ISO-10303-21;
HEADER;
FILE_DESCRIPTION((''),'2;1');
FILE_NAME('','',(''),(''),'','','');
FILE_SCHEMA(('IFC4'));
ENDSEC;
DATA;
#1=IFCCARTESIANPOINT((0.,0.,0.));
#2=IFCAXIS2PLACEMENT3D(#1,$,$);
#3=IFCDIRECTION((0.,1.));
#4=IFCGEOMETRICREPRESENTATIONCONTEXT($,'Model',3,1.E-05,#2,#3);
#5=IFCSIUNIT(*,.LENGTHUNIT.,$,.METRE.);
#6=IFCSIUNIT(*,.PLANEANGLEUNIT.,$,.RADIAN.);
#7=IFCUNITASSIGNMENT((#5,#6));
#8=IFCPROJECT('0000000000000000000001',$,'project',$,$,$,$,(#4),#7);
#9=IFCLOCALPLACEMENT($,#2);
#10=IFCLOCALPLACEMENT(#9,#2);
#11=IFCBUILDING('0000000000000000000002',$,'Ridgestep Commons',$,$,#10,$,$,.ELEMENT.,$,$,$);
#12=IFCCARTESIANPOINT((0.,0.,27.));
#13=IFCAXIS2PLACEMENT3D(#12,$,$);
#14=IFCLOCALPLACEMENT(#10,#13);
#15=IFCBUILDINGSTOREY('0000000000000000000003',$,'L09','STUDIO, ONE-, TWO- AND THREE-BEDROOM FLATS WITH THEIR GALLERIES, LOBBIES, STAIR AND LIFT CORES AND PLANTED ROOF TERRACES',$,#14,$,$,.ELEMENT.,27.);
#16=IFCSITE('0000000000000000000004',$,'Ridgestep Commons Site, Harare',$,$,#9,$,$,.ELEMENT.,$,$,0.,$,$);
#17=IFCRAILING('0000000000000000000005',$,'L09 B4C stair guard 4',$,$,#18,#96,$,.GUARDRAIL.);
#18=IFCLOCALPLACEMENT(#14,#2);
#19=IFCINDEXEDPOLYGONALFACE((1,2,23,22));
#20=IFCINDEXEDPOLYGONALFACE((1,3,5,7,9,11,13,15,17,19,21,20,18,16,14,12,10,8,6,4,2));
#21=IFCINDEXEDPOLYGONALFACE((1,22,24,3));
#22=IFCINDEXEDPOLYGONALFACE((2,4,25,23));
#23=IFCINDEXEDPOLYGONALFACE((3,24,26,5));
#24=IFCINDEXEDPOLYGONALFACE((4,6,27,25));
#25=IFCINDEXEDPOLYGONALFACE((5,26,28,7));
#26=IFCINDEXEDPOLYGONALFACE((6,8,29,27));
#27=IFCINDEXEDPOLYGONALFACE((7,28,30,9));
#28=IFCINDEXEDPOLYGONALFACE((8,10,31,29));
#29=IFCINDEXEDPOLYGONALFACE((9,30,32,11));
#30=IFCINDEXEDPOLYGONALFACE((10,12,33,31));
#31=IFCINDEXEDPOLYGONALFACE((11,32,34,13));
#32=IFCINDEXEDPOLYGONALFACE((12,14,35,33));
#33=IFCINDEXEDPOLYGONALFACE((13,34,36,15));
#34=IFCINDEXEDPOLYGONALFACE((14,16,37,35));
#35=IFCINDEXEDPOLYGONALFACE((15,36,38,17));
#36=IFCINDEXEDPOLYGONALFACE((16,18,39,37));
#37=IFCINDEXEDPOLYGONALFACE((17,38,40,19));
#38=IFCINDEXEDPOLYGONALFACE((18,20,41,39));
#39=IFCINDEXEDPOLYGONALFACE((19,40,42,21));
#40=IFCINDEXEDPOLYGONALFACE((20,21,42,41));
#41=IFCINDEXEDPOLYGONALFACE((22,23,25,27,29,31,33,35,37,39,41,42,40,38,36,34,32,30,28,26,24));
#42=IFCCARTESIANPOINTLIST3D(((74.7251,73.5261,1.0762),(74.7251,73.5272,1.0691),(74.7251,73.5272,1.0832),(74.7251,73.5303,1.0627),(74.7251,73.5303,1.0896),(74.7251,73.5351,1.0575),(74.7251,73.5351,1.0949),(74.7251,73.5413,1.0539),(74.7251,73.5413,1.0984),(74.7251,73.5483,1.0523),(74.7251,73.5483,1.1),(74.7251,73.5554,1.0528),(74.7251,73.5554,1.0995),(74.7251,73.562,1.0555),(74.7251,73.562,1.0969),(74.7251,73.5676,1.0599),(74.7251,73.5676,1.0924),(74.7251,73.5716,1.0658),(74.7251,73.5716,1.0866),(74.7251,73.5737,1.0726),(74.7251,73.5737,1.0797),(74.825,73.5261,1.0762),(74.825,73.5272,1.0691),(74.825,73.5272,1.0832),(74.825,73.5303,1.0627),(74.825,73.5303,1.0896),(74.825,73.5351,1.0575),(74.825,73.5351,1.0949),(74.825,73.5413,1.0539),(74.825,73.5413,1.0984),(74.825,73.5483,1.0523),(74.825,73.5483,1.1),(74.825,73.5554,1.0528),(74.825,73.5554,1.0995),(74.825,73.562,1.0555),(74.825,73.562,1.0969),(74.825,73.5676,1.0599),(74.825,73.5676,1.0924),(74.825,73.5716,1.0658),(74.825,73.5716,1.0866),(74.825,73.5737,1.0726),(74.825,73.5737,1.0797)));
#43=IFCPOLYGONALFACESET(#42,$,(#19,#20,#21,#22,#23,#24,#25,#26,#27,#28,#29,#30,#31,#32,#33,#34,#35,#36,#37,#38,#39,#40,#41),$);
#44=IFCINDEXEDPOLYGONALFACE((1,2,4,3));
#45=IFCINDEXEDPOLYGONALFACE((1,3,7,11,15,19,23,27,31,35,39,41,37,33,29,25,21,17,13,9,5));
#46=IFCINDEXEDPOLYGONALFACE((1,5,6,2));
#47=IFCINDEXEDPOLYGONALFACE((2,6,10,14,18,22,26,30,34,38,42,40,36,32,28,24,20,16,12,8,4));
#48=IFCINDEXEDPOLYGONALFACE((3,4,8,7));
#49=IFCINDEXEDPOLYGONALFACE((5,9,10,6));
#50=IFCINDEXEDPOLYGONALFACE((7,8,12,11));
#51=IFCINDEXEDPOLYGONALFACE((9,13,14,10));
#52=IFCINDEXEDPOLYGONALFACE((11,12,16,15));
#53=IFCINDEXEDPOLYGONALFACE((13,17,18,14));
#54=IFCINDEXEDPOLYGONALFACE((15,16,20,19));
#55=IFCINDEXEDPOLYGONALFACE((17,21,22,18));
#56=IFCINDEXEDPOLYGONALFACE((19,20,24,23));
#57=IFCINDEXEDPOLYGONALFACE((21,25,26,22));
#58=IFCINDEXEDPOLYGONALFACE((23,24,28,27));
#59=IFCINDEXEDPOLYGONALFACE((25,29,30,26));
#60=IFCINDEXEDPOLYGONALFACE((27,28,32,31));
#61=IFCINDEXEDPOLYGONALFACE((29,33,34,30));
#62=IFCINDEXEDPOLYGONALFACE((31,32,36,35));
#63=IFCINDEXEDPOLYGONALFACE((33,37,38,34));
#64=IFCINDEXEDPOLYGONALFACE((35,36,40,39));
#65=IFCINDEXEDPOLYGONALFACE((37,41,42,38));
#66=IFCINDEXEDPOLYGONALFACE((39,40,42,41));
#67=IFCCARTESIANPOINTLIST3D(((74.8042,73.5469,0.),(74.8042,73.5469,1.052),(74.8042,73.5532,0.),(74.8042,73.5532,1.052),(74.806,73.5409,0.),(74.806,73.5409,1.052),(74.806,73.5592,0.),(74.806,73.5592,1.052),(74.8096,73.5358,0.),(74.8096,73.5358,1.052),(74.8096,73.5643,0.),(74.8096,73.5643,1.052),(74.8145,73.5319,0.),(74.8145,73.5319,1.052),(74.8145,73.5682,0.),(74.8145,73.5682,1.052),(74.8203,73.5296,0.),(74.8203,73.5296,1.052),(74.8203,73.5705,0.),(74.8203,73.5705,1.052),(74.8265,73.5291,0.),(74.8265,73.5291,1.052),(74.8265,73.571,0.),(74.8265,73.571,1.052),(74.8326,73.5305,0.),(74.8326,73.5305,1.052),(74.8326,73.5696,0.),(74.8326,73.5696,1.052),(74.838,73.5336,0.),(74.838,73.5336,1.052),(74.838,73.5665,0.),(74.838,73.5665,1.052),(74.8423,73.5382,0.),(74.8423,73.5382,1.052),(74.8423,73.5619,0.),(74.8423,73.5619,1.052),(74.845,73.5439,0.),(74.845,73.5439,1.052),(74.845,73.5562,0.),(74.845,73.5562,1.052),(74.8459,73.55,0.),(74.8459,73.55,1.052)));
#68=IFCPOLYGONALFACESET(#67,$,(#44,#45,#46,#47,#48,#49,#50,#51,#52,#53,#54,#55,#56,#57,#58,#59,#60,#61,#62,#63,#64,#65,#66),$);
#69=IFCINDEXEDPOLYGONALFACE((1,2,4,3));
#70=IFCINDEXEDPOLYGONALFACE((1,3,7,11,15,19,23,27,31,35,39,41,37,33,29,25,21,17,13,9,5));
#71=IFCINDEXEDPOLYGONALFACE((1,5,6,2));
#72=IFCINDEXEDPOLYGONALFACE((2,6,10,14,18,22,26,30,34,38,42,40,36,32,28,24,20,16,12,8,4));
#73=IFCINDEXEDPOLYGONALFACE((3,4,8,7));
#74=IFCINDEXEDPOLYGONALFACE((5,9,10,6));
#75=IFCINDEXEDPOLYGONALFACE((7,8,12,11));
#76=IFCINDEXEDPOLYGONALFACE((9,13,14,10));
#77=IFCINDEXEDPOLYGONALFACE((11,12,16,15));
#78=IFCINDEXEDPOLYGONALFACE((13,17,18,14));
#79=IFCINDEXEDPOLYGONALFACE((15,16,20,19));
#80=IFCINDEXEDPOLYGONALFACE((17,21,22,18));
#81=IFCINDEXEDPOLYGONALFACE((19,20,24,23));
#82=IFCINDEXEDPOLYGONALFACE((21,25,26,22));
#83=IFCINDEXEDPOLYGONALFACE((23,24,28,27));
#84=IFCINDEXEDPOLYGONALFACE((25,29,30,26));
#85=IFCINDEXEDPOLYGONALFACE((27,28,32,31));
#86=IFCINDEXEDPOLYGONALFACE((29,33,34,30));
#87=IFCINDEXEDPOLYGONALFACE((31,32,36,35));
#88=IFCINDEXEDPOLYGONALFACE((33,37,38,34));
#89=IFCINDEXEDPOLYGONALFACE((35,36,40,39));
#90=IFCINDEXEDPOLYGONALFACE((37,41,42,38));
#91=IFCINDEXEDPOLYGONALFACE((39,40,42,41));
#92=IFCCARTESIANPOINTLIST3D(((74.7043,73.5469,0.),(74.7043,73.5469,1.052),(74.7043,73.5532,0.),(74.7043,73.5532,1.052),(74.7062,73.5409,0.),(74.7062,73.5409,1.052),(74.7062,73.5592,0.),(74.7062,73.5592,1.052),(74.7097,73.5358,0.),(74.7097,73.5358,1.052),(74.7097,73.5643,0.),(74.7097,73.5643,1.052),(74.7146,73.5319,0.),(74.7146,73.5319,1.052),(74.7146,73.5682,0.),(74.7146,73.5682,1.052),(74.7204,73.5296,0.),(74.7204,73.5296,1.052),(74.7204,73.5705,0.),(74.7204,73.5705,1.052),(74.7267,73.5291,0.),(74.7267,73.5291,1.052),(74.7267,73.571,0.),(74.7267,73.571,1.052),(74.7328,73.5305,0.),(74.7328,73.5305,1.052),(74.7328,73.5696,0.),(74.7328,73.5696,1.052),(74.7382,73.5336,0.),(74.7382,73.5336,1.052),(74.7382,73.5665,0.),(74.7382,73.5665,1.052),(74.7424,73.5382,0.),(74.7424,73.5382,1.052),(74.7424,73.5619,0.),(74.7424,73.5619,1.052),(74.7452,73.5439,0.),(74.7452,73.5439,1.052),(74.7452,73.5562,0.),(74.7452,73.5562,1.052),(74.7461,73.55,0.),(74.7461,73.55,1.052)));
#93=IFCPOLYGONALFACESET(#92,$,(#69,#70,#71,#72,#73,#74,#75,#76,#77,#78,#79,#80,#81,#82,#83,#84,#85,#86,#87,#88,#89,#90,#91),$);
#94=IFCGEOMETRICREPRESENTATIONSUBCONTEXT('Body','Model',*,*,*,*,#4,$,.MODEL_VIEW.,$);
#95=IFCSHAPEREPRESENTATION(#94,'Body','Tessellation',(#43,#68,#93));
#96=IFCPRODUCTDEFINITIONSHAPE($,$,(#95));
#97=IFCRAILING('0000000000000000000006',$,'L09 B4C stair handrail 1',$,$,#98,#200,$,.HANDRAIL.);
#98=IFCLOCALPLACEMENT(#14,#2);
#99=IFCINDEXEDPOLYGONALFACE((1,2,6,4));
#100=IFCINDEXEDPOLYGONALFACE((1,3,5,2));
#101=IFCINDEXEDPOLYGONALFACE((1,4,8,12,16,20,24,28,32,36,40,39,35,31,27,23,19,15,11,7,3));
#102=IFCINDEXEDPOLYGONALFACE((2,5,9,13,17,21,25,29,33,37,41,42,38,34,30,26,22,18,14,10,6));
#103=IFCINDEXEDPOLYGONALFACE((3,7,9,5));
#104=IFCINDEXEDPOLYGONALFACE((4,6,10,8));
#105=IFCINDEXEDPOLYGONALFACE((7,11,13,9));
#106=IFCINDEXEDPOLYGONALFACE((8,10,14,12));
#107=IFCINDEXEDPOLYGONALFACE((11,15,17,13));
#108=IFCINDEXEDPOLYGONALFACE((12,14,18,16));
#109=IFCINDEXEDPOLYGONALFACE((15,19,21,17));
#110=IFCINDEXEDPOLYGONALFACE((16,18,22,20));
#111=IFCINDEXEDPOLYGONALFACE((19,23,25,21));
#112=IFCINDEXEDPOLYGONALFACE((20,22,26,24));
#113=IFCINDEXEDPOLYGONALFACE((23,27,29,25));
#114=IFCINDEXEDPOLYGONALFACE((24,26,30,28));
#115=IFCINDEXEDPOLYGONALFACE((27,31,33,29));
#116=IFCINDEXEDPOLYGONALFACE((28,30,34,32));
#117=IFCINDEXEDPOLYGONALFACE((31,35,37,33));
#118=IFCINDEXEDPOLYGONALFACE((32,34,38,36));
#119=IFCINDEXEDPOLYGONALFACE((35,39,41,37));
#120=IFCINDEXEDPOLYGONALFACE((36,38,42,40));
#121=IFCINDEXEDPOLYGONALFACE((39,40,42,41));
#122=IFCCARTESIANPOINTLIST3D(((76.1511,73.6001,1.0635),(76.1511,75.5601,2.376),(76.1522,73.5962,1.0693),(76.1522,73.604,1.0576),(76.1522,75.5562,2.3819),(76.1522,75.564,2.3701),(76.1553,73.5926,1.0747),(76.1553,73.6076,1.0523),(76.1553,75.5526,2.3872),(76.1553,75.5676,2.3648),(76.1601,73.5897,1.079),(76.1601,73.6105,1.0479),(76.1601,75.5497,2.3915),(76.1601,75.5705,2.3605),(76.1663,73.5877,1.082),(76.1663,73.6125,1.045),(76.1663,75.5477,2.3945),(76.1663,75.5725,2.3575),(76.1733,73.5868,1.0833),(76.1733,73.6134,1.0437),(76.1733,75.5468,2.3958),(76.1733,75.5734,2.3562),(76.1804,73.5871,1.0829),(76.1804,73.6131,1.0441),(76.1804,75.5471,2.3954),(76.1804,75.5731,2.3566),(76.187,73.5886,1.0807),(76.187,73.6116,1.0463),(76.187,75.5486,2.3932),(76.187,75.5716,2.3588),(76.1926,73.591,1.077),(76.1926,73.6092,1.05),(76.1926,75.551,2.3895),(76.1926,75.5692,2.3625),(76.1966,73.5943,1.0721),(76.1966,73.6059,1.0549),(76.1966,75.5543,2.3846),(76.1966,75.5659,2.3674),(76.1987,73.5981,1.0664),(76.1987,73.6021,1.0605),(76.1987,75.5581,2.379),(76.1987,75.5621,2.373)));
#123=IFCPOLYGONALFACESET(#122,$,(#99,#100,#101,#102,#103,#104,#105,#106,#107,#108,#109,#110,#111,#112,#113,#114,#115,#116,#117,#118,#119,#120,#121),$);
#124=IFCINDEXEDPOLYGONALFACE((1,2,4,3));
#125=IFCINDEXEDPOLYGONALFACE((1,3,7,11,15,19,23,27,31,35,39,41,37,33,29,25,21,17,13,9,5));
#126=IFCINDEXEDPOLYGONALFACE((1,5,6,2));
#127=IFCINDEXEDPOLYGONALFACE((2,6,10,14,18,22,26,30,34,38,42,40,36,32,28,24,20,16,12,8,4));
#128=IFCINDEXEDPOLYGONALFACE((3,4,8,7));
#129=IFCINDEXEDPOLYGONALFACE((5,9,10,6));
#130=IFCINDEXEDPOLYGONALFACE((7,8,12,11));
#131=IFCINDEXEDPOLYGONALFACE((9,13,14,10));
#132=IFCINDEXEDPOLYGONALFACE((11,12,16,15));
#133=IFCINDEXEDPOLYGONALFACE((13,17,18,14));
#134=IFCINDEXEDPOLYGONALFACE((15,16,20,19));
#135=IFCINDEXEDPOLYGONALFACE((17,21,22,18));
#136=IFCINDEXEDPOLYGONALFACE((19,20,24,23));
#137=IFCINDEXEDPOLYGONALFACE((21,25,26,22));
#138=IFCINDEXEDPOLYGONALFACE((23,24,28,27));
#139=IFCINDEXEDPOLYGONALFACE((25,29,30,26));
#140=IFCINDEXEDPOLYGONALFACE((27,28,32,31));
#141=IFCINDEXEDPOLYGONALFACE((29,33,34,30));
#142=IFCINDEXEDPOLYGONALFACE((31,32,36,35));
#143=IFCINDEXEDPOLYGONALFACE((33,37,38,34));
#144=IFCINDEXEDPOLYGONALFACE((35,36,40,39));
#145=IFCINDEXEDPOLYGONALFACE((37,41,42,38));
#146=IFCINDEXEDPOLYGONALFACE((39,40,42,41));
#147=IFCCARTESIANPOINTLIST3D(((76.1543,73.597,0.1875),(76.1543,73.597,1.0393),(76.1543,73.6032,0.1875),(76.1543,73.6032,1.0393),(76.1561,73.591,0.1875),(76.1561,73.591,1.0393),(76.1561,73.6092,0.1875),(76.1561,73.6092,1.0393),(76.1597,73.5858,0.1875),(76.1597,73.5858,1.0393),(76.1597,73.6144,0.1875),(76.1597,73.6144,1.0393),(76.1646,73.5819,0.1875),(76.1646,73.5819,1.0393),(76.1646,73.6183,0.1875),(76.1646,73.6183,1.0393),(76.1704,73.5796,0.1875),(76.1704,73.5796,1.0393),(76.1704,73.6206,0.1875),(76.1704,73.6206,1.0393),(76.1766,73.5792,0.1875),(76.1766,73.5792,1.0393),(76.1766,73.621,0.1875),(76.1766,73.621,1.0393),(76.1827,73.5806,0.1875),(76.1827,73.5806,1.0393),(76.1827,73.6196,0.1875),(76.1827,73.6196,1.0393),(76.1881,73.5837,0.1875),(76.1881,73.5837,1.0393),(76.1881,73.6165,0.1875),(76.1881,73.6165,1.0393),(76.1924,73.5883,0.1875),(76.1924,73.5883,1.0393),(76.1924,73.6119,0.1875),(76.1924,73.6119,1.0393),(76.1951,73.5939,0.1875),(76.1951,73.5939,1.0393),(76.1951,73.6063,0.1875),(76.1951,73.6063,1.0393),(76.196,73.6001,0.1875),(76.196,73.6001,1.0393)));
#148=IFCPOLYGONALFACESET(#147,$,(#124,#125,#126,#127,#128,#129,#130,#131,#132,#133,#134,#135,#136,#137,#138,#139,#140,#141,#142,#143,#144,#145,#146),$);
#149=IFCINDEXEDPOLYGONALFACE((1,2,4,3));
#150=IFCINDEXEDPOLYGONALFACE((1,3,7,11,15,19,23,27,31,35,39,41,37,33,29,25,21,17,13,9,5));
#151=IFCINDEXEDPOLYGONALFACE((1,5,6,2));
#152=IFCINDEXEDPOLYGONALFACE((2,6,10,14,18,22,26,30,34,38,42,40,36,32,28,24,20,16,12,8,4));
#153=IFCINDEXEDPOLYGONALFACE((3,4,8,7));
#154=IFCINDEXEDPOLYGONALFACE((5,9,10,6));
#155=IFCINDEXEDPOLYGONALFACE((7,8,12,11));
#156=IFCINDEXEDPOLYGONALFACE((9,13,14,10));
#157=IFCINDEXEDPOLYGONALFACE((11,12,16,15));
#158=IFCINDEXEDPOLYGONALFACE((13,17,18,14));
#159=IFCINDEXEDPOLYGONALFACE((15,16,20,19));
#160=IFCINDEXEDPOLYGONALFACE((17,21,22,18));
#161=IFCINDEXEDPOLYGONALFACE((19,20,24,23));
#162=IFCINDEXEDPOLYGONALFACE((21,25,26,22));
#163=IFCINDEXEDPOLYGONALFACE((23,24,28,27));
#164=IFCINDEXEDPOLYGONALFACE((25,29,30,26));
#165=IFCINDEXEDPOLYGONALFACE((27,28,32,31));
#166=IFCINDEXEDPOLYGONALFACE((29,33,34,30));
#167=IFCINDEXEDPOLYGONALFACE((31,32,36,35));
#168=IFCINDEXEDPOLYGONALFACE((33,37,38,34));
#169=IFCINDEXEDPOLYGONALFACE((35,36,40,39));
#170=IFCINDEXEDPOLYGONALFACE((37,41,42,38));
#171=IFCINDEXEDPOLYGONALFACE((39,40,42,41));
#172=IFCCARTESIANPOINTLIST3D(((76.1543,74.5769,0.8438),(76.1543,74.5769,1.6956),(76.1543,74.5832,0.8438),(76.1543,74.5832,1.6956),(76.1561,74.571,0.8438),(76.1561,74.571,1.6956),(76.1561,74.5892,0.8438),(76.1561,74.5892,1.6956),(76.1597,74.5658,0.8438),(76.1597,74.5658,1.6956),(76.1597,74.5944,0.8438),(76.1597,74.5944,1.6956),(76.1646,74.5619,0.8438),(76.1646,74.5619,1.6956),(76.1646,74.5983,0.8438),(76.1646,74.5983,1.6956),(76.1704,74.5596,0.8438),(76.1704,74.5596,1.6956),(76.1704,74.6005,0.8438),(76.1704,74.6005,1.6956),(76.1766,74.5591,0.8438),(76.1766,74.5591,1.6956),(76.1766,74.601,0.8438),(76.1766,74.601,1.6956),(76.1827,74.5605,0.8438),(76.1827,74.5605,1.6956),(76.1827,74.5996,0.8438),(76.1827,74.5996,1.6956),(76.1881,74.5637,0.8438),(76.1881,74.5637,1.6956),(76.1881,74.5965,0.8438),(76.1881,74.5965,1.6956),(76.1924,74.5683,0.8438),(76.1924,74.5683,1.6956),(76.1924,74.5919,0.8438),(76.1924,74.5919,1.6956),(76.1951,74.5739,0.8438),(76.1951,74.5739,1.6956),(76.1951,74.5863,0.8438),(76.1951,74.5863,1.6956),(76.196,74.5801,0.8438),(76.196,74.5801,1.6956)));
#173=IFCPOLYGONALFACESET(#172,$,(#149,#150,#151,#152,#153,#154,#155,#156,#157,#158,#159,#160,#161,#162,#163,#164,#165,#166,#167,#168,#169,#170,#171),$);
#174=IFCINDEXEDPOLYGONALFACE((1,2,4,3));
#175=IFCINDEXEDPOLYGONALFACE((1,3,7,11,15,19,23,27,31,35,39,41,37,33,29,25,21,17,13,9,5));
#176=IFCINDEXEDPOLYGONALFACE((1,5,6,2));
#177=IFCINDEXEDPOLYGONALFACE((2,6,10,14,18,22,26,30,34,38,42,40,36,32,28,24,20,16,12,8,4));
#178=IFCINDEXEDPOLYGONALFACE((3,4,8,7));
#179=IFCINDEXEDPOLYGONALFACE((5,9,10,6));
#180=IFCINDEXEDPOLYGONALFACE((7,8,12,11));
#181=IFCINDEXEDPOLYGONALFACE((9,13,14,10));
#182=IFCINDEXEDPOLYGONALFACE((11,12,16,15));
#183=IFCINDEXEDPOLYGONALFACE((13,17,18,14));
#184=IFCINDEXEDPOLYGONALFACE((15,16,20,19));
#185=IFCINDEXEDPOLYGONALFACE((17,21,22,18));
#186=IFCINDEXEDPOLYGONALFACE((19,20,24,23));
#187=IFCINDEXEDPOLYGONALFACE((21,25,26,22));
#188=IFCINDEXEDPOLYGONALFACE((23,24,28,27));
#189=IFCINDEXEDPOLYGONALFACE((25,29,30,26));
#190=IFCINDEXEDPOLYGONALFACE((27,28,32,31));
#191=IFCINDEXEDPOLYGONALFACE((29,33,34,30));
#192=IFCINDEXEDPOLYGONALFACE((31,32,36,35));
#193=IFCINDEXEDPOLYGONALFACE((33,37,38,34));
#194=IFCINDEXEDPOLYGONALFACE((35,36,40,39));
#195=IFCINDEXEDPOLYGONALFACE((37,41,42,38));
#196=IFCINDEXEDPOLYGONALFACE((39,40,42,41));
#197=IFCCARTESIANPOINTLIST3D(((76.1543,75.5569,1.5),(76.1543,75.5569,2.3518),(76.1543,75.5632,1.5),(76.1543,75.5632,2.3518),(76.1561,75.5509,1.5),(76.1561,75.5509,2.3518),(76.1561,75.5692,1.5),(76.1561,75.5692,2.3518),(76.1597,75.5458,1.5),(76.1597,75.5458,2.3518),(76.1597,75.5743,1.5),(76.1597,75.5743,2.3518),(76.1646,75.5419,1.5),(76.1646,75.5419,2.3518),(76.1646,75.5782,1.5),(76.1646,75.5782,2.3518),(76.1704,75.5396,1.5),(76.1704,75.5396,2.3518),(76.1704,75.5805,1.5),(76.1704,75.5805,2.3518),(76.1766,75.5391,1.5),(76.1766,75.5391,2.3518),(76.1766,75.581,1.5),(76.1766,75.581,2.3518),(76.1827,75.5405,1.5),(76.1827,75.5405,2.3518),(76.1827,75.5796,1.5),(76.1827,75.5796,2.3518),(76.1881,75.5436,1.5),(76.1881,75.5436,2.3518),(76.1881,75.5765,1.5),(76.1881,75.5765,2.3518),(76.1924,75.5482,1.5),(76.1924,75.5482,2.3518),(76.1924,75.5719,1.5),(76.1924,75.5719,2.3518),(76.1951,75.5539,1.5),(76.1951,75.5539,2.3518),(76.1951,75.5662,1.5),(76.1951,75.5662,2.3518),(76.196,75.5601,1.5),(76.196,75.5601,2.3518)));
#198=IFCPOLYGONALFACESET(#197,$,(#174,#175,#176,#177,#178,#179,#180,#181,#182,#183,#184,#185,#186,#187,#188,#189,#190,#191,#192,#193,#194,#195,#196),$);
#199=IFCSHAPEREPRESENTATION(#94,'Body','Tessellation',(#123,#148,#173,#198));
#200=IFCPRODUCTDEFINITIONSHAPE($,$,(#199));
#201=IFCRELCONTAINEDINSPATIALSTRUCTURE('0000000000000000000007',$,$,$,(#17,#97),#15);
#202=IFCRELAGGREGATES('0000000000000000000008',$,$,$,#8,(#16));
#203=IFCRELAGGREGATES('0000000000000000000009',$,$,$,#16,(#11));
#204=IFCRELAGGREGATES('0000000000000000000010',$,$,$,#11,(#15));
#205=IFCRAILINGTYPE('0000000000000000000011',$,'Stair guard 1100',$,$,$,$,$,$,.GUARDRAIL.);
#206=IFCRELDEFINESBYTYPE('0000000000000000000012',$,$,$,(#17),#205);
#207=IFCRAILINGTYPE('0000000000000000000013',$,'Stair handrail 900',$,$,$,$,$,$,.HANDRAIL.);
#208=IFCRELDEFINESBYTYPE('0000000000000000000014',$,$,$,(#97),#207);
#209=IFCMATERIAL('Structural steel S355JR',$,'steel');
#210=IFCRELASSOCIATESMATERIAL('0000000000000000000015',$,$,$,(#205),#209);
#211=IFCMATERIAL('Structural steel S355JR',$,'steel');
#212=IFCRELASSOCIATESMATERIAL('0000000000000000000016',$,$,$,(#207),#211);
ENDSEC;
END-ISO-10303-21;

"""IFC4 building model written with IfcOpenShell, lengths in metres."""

from ifc_helpers import new_model, si_unit, direction, frame, origin, origin_2d, place, context, subcontext, project, spatial, circle, extrude, material, type_object, element, save


model = new_model("IFC4")

# Units and contexts
model_context = context("Model", 3, precision=1e-05, world=origin(), true_north=direction((0.0, 1.0)))
body_context = subcontext(model_context, "Body", "Model", "MODEL_VIEW")
ifc_project = project(units=[si_unit("LENGTHUNIT", "METRE"), si_unit("PLANEANGLEUNIT", "RADIAN")], contexts=[model_context])

# Site, building, storey
site_placement = place(None, origin())
site = spatial("IfcSite", under=ifc_project, at=site_placement, Name="Ridgestep Commons Site, Harare", CompositionType="ELEMENT", RefElevation=0.0)
building_placement = place(site_placement, origin())
building = spatial("IfcBuilding", under=site, at=building_placement, Name="Ridgestep Commons", CompositionType="ELEMENT")
storey_placement = place(building_placement, frame((0.0, 0.0, 27.0)))
storey = spatial("IfcBuildingStorey", under=building, at=storey_placement, Name="L09", Description="STUDIO, ONE-, TWO- AND THREE-BEDROOM FLATS WITH THEIR GALLERIES, LOBBIES, STAIR AND LIFT CORES AND PLANTED ROOF TERRACES", CompositionType="ELEMENT", Elevation=27.0)

# Railings
ifc_material_1 = material(Name="Structural steel S355JR", Category="steel")
railing_type_1 = type_object("IfcRailingType", Name="Stair guard 1100", PredefinedType="GUARDRAIL", material=ifc_material_1)
railing_1_placement = place(storey_placement, frame((74.825, 73.55, 0.0)))
element("IfcRailing", 1, at=railing_1_placement, inside=storey, type_object=railing_type_1, Name="L09 B4C stair guard 4", PredefinedType="GUARDRAIL", context=body_context, shape_type="SweptSolid", body=[
    extrude(circle(Radius=0.0239, at=origin_2d()), frame((0.0, 0.0, 1.0762), z_axis=(-1.0, 0.0, 0.0), x_axis=(0.0, -1.0, 0.0)), (0.0, 0.0, 1.0), 0.0999),
    extrude(circle(Radius=0.021, at=origin_2d()), origin(), (0.0, 0.0, 1.0), 1.052),
    extrude(circle(Radius=0.021, at=origin_2d()), frame((-0.0999, 0.0, 0.0)), (0.0, 0.0, 1.0), 1.052),
])
ifc_material_2 = material(Name="Structural steel S355JR", Category="steel")
railing_type_2 = type_object("IfcRailingType", Name="Stair handrail 900", PredefinedType="HANDRAIL", material=ifc_material_2)
railing_2_placement = place(storey_placement, frame((76.175, 73.6001, 0.1875)))
element("IfcRailing", 2, at=railing_2_placement, inside=storey, type_object=railing_type_2, Name="L09 B4C stair handrail 1", PredefinedType="HANDRAIL", context=body_context, shape_type="SweptSolid", body=[
    extrude(circle(Radius=0.0239, at=origin_2d()), frame((0.0, 0.0, 0.876), z_axis=(0.0, 0.830902, 0.556419), x_axis=(-1.0, 0.0, 0.0)), (0.0, 0.0, 1.0), 2.3589),
    extrude(circle(Radius=0.021, at=origin_2d()), origin(), (0.0, 0.0, 1.0), 0.8518),
    extrude(circle(Radius=0.021, at=origin_2d()), frame((0.0, 0.98, 0.6562)), (0.0, 0.0, 1.0), 0.8518),
    extrude(circle(Radius=0.021, at=origin_2d()), frame((0.0, 1.96, 1.3125)), (0.0, 0.0, 1.0), 0.8518),
])

save(model, "model.ifc")
